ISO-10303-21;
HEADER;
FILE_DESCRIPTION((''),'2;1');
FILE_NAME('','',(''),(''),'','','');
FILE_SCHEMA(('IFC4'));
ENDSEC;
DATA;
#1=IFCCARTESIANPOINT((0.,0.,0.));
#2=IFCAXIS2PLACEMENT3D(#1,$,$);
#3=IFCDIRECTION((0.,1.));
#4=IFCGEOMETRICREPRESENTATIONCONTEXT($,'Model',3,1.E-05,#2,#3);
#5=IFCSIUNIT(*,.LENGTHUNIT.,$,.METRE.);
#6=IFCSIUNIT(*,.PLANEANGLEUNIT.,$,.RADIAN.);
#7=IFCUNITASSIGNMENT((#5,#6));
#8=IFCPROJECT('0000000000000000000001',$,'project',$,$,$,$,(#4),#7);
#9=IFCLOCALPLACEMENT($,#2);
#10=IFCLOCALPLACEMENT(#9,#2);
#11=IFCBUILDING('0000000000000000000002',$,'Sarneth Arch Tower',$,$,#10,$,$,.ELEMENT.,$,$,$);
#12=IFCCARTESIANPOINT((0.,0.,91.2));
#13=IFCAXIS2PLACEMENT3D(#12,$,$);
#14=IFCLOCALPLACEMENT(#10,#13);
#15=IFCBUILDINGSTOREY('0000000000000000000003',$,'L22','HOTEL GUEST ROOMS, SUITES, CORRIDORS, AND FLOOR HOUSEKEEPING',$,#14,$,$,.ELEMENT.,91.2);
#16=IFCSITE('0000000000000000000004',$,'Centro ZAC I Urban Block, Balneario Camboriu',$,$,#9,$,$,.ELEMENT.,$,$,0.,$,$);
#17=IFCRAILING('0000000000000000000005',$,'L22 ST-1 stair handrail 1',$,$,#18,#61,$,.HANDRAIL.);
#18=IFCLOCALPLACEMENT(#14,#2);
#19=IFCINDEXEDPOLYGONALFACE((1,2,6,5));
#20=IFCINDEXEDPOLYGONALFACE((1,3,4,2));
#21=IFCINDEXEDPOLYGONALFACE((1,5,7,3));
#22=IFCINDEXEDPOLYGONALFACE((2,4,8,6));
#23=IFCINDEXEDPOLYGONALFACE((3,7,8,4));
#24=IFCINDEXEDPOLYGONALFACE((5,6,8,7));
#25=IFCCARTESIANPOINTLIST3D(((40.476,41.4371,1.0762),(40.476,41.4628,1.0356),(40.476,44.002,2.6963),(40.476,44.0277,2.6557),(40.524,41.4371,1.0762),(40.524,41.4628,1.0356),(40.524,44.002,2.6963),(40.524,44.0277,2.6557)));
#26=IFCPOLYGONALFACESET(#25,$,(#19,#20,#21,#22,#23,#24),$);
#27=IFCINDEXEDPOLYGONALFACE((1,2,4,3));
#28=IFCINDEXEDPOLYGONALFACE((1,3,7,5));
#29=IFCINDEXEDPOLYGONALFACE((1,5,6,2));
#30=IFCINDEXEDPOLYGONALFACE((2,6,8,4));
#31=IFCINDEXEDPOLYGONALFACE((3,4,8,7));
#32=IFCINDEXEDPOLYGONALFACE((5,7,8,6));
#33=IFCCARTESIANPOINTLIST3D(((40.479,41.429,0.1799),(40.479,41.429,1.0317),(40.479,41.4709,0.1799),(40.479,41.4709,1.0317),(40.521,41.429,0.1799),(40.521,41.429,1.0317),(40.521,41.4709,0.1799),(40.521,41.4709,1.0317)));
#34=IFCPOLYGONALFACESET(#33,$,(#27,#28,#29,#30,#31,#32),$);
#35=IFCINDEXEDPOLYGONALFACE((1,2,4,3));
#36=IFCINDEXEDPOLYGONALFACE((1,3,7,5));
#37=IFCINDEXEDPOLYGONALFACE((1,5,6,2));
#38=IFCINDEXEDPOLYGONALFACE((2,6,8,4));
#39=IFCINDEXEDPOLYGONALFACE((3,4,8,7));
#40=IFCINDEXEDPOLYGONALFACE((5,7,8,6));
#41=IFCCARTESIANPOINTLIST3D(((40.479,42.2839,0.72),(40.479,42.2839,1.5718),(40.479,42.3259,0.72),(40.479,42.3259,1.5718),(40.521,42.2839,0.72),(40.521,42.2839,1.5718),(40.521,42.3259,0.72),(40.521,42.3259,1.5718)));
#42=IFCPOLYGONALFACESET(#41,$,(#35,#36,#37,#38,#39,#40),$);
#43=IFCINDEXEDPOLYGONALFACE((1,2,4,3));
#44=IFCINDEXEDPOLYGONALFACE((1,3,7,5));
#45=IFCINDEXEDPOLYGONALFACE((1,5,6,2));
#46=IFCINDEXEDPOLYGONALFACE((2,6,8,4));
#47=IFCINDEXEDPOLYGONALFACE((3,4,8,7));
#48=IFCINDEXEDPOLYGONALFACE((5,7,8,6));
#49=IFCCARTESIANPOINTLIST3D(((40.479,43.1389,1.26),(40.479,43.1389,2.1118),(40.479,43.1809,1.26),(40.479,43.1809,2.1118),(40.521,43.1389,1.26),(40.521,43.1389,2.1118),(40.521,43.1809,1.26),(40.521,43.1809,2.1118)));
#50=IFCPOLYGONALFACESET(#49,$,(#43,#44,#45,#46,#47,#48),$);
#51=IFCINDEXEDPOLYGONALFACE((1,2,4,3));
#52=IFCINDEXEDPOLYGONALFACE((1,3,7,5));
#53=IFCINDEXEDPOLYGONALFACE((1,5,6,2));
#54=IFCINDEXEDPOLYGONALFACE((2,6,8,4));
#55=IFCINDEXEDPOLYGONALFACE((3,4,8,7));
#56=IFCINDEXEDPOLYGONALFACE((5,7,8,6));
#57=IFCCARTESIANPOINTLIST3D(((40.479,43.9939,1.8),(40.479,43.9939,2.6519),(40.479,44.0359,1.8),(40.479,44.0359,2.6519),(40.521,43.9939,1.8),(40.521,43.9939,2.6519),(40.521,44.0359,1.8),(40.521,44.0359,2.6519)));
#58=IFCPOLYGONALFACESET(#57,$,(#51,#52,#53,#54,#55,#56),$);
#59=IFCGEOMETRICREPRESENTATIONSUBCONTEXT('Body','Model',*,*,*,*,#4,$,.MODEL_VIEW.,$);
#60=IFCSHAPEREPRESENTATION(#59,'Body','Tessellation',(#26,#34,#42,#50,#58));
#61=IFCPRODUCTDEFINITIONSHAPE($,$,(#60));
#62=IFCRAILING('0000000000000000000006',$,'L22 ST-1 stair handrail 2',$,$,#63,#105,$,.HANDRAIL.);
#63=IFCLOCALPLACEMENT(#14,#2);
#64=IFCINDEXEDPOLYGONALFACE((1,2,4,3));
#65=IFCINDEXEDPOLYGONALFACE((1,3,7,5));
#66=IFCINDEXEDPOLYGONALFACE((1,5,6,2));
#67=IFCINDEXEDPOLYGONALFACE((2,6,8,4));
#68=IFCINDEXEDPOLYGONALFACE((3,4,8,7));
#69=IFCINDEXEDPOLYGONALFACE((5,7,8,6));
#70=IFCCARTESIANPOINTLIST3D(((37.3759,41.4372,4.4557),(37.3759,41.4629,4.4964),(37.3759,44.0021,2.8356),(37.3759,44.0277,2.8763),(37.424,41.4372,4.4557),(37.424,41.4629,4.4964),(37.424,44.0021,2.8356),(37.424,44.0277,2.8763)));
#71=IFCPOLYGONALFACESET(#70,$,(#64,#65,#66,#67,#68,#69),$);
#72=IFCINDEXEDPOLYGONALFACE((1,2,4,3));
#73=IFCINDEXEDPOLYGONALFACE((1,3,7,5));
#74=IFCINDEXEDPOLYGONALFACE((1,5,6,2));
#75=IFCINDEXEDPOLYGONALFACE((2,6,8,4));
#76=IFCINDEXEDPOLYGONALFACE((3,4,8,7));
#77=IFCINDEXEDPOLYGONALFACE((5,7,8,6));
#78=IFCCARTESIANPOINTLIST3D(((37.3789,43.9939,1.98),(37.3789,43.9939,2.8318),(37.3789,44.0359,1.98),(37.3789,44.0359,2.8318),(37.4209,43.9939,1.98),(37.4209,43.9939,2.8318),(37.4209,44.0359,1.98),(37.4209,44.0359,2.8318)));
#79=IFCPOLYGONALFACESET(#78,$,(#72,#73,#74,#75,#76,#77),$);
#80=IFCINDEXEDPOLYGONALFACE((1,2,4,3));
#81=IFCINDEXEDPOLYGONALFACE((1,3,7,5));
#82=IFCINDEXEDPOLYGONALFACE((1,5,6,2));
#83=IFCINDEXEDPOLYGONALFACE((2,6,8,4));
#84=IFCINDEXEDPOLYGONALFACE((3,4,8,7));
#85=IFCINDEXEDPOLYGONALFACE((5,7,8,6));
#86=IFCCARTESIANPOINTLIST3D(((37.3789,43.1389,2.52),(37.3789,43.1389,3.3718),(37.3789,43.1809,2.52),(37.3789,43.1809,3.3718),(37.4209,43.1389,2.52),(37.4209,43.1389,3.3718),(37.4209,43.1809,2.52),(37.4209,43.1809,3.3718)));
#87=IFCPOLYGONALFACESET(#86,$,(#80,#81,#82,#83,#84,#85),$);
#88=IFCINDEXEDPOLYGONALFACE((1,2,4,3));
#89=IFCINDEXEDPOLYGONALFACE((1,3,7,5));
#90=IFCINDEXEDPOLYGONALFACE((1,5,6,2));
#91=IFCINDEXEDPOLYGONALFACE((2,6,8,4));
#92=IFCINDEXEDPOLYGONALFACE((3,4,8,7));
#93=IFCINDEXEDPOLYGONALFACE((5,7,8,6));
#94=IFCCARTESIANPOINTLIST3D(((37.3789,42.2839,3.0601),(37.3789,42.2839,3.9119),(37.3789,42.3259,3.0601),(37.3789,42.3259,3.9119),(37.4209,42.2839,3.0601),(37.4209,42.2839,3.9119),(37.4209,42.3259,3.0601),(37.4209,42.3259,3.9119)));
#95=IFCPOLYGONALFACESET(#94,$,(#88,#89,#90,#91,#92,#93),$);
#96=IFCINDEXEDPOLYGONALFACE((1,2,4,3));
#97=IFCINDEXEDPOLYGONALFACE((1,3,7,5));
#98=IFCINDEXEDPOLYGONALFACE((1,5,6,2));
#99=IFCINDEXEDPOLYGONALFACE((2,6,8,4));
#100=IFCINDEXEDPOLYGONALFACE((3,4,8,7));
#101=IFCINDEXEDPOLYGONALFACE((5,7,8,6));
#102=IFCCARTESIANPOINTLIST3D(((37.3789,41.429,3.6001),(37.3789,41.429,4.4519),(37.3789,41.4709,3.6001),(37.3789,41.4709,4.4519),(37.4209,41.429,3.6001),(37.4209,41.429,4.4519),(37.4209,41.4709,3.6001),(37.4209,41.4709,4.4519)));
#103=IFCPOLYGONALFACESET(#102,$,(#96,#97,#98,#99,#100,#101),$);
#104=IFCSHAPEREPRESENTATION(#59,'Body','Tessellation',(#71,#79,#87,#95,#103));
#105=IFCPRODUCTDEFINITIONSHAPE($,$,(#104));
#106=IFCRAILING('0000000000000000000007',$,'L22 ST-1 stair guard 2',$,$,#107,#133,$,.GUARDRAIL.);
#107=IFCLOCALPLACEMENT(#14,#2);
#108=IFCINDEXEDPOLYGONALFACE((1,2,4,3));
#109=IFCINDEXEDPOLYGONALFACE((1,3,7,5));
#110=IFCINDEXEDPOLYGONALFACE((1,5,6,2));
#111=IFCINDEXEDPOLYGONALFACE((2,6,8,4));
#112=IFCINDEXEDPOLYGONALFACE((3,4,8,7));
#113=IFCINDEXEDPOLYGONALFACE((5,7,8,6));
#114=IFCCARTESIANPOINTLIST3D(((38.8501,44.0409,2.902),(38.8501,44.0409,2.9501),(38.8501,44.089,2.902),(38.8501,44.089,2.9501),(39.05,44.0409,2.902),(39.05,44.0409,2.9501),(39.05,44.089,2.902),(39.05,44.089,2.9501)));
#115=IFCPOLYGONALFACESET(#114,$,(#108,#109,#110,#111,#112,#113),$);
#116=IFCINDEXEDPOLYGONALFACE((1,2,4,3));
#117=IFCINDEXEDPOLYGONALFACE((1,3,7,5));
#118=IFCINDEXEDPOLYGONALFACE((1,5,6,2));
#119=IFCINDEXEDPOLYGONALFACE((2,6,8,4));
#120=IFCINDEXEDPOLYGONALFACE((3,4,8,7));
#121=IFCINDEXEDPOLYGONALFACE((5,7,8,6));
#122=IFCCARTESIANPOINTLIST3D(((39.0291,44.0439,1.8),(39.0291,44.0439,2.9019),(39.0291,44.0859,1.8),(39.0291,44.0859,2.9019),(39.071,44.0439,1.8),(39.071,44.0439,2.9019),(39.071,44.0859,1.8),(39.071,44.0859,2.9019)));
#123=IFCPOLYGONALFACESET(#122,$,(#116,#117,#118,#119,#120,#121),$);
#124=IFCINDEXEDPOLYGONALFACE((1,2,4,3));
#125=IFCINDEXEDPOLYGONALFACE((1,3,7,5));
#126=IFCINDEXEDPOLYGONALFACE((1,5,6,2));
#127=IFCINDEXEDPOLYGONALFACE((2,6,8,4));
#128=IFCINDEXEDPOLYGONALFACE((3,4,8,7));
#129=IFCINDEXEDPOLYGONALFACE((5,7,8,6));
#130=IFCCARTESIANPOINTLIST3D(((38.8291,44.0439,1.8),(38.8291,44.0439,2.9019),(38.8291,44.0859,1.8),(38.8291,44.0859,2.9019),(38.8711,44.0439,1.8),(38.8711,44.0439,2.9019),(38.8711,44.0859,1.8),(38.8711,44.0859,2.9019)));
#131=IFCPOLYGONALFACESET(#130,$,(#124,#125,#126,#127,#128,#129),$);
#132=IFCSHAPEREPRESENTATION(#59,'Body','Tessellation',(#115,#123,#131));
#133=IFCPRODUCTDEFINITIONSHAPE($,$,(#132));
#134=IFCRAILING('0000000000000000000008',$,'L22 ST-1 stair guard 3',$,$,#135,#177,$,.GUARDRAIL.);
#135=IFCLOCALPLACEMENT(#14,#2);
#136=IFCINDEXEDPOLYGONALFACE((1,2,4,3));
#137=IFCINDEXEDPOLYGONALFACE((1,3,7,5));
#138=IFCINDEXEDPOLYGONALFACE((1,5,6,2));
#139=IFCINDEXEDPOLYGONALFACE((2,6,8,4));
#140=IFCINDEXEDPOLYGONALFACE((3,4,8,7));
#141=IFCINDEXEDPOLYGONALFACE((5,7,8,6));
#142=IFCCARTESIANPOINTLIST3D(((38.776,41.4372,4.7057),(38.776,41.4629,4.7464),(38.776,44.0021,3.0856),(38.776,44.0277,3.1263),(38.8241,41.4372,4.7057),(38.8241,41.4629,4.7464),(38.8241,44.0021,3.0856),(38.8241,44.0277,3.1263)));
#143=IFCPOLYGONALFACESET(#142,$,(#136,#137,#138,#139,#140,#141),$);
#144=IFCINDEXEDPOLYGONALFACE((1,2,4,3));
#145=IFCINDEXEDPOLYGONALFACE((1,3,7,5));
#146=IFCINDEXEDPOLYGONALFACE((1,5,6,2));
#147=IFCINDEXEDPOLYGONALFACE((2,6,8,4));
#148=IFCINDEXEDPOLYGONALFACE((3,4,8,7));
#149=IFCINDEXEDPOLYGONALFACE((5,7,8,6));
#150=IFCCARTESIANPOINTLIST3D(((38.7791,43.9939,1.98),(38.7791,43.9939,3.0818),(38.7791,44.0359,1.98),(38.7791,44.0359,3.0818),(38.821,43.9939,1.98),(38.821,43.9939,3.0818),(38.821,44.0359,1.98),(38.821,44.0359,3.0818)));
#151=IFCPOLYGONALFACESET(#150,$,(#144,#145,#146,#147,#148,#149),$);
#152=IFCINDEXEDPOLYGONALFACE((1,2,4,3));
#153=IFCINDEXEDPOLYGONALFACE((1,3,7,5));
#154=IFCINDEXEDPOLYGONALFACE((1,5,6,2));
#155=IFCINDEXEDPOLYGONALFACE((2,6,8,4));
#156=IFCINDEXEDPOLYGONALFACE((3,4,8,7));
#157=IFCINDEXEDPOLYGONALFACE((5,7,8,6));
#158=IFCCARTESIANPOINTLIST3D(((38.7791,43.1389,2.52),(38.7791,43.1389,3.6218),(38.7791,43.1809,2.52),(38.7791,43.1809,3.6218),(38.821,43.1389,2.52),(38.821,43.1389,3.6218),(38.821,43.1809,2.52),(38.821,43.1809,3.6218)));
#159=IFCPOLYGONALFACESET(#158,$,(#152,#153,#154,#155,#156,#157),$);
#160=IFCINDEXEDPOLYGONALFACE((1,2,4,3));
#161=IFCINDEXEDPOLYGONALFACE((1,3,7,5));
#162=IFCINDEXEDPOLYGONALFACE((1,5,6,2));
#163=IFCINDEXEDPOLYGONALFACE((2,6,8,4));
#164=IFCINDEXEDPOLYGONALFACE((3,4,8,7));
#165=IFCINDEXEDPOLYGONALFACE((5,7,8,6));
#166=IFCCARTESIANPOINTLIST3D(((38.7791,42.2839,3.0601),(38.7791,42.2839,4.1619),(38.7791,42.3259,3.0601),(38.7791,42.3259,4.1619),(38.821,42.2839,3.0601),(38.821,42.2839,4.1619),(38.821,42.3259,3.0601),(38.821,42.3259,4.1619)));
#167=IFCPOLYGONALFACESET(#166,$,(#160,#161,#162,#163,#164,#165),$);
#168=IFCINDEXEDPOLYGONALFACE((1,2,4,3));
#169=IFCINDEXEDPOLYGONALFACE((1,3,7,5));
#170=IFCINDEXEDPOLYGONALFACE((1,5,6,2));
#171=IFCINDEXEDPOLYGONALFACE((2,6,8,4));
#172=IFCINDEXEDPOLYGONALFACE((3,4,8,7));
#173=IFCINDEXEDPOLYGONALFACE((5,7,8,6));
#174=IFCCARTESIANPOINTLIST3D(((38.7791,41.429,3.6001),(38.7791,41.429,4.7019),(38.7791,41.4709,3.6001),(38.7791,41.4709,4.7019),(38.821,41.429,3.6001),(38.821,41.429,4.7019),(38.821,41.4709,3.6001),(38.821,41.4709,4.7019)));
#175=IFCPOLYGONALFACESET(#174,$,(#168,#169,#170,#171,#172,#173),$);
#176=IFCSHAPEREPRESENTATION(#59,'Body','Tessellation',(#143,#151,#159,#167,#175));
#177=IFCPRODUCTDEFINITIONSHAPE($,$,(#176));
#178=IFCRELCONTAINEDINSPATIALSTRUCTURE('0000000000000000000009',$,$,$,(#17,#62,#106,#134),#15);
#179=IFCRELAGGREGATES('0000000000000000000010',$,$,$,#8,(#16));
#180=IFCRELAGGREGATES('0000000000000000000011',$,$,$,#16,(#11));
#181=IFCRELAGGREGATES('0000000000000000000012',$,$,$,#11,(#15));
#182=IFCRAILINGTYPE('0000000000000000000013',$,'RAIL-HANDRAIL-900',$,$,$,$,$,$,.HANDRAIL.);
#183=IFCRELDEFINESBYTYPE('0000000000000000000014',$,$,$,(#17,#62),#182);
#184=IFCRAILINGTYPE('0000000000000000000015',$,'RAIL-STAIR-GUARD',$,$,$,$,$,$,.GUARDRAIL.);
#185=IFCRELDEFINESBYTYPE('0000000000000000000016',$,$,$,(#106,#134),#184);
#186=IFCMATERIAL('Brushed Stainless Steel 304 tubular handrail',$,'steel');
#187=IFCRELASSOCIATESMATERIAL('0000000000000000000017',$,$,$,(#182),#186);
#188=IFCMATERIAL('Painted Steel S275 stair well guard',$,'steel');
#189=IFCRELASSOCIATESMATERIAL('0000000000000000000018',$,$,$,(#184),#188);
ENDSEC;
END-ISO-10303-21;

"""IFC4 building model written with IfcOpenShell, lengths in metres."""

from ifc_helpers import new_model, si_unit, direction, frame, origin, origin_2d, place, context, subcontext, project, spatial, rectangle, extrude, material, type_object, element, save


model = new_model("IFC4")

# Units and contexts
model_context = context("Model", 3, precision=1e-05, world=origin(), true_north=direction((0.0, 1.0)))
body_context = subcontext(model_context, "Body", "Model", "MODEL_VIEW")
ifc_project = project(units=[si_unit("LENGTHUNIT", "METRE"), si_unit("PLANEANGLEUNIT", "RADIAN")], contexts=[model_context])

# Site, building, storey
site_placement = place(None, origin())
site = spatial("IfcSite", under=ifc_project, at=site_placement, Name="Centro ZAC I Urban Block, Balneario Camboriu", CompositionType="ELEMENT", RefElevation=0.0)
building_placement = place(site_placement, origin())
building = spatial("IfcBuilding", under=site, at=building_placement, Name="Sarneth Arch Tower", CompositionType="ELEMENT")
storey_placement = place(building_placement, frame((0.0, 0.0, 91.2)))
storey = spatial("IfcBuildingStorey", under=building, at=storey_placement, Name="L22", Description="HOTEL GUEST ROOMS, SUITES, CORRIDORS, AND FLOOR HOUSEKEEPING", CompositionType="ELEMENT", Elevation=91.2)

# Railings
ifc_material_1 = material(Name="Brushed Stainless Steel 304 tubular handrail", Category="steel")
railing_type_1 = type_object("IfcRailingType", Name="RAIL-HANDRAIL-900", PredefinedType="HANDRAIL", material=ifc_material_1)
railing_1_placement = place(storey_placement, frame((40.5, 41.45, 0.1799)))
element("IfcRailing", 1, at=railing_1_placement, inside=storey, type_object=railing_type_1, Name="L22 ST-1 stair handrail 1", PredefinedType="HANDRAIL", context=body_context, shape_type="SweptSolid", body=[
    extrude(rectangle(XDim=0.0481, YDim=0.0481, at=origin_2d()), frame((0.0, 0.0, 0.876), z_axis=(0.0, 0.845466, 0.534029), x_axis=(-1.0, 0.0, 0.0)), (0.0, 0.0, 1.0), 3.0337),
    extrude(rectangle(XDim=0.042, YDim=0.042, at=origin_2d()), origin(), (0.0, 0.0, 1.0), 0.8518),
    extrude(rectangle(XDim=0.042, YDim=0.042, at=origin_2d()), frame((0.0, 0.855, 0.54)), (0.0, 0.0, 1.0), 0.8518),
    extrude(rectangle(XDim=0.042, YDim=0.042, at=origin_2d()), frame((0.0, 1.71, 1.0801)), (0.0, 0.0, 1.0), 0.8518),
    extrude(rectangle(XDim=0.042, YDim=0.042, at=origin_2d()), frame((0.0, 2.5649, 1.6201)), (0.0, 0.0, 1.0), 0.8518),
])
railing_2_placement = place(storey_placement, frame((37.3999, 44.0149, 1.98)))
element("IfcRailing", 2, at=railing_2_placement, inside=storey, type_object=railing_type_1, Name="L22 ST-1 stair handrail 2", PredefinedType="HANDRAIL", context=body_context, shape_type="SweptSolid", body=[
    extrude(rectangle(XDim=0.0481, YDim=0.0481, at=origin_2d()), frame((0.0, 0.0, 0.876), z_axis=(0.0, -0.845466, 0.534029), x_axis=(1.0, 0.0, 0.0)), (0.0, 0.0, 1.0), 3.0337),
    extrude(rectangle(XDim=0.042, YDim=0.042, at=origin_2d()), origin(), (0.0, 0.0, 1.0), 0.8518),
    extrude(rectangle(XDim=0.042, YDim=0.042, at=origin_2d()), frame((0.0, -0.855, 0.54)), (0.0, 0.0, 1.0), 0.8518),
    extrude(rectangle(XDim=0.042, YDim=0.042, at=origin_2d()), frame((0.0, -1.71, 1.0801)), (0.0, 0.0, 1.0), 0.8518),
    extrude(rectangle(XDim=0.042, YDim=0.042, at=origin_2d()), frame((0.0, -2.5649, 1.6201)), (0.0, 0.0, 1.0), 0.8518),
])
ifc_material_2 = material(Name="Painted Steel S275 stair well guard", Category="steel")
railing_type_2 = type_object("IfcRailingType", Name="RAIL-STAIR-GUARD", PredefinedType="GUARDRAIL", material=ifc_material_2)
railing_3_placement = place(storey_placement, frame((39.05, 44.0649, 1.8)))
element("IfcRailing", 3, at=railing_3_placement, inside=storey, type_object=railing_type_2, Name="L22 ST-1 stair guard 2", PredefinedType="GUARDRAIL", context=body_context, shape_type="SweptSolid", body=[
    extrude(rectangle(XDim=0.0481, YDim=0.0481, at=origin_2d()), frame((0.0, 0.0, 1.126), z_axis=(-1.0, 0.0, 0.0), x_axis=(0.0, -1.0, 0.0)), (0.0, 0.0, 1.0), 0.2),
    extrude(rectangle(XDim=0.042, YDim=0.042, at=origin_2d()), origin(), (0.0, 0.0, 1.0), 1.1018),
    extrude(rectangle(XDim=0.042, YDim=0.042, at=origin_2d()), frame((-0.2, 0.0, 0.0)), (0.0, 0.0, 1.0), 1.1018),
])
railing_4_placement = place(storey_placement, frame((38.8, 44.0149, 1.98)))
element("IfcRailing", 4, at=railing_4_placement, inside=storey, type_object=railing_type_2, Name="L22 ST-1 stair guard 3", PredefinedType="GUARDRAIL", context=body_context, shape_type="SweptSolid", body=[
    extrude(rectangle(XDim=0.0481, YDim=0.0481, at=origin_2d()), frame((0.0, 0.0, 1.126), z_axis=(0.0, -0.845466, 0.534029), x_axis=(1.0, 0.0, 0.0)), (0.0, 0.0, 1.0), 3.0337),
    extrude(rectangle(XDim=0.042, YDim=0.042, at=origin_2d()), origin(), (0.0, 0.0, 1.0), 1.1018),
    extrude(rectangle(XDim=0.042, YDim=0.042, at=origin_2d()), frame((0.0, -0.855, 0.54)), (0.0, 0.0, 1.0), 1.1018),
    extrude(rectangle(XDim=0.042, YDim=0.042, at=origin_2d()), frame((0.0, -1.71, 1.0801)), (0.0, 0.0, 1.0), 1.1018),
    extrude(rectangle(XDim=0.042, YDim=0.042, at=origin_2d()), frame((0.0, -2.5649, 1.6201)), (0.0, 0.0, 1.0), 1.1018),
])

save(model, "model.ifc")
